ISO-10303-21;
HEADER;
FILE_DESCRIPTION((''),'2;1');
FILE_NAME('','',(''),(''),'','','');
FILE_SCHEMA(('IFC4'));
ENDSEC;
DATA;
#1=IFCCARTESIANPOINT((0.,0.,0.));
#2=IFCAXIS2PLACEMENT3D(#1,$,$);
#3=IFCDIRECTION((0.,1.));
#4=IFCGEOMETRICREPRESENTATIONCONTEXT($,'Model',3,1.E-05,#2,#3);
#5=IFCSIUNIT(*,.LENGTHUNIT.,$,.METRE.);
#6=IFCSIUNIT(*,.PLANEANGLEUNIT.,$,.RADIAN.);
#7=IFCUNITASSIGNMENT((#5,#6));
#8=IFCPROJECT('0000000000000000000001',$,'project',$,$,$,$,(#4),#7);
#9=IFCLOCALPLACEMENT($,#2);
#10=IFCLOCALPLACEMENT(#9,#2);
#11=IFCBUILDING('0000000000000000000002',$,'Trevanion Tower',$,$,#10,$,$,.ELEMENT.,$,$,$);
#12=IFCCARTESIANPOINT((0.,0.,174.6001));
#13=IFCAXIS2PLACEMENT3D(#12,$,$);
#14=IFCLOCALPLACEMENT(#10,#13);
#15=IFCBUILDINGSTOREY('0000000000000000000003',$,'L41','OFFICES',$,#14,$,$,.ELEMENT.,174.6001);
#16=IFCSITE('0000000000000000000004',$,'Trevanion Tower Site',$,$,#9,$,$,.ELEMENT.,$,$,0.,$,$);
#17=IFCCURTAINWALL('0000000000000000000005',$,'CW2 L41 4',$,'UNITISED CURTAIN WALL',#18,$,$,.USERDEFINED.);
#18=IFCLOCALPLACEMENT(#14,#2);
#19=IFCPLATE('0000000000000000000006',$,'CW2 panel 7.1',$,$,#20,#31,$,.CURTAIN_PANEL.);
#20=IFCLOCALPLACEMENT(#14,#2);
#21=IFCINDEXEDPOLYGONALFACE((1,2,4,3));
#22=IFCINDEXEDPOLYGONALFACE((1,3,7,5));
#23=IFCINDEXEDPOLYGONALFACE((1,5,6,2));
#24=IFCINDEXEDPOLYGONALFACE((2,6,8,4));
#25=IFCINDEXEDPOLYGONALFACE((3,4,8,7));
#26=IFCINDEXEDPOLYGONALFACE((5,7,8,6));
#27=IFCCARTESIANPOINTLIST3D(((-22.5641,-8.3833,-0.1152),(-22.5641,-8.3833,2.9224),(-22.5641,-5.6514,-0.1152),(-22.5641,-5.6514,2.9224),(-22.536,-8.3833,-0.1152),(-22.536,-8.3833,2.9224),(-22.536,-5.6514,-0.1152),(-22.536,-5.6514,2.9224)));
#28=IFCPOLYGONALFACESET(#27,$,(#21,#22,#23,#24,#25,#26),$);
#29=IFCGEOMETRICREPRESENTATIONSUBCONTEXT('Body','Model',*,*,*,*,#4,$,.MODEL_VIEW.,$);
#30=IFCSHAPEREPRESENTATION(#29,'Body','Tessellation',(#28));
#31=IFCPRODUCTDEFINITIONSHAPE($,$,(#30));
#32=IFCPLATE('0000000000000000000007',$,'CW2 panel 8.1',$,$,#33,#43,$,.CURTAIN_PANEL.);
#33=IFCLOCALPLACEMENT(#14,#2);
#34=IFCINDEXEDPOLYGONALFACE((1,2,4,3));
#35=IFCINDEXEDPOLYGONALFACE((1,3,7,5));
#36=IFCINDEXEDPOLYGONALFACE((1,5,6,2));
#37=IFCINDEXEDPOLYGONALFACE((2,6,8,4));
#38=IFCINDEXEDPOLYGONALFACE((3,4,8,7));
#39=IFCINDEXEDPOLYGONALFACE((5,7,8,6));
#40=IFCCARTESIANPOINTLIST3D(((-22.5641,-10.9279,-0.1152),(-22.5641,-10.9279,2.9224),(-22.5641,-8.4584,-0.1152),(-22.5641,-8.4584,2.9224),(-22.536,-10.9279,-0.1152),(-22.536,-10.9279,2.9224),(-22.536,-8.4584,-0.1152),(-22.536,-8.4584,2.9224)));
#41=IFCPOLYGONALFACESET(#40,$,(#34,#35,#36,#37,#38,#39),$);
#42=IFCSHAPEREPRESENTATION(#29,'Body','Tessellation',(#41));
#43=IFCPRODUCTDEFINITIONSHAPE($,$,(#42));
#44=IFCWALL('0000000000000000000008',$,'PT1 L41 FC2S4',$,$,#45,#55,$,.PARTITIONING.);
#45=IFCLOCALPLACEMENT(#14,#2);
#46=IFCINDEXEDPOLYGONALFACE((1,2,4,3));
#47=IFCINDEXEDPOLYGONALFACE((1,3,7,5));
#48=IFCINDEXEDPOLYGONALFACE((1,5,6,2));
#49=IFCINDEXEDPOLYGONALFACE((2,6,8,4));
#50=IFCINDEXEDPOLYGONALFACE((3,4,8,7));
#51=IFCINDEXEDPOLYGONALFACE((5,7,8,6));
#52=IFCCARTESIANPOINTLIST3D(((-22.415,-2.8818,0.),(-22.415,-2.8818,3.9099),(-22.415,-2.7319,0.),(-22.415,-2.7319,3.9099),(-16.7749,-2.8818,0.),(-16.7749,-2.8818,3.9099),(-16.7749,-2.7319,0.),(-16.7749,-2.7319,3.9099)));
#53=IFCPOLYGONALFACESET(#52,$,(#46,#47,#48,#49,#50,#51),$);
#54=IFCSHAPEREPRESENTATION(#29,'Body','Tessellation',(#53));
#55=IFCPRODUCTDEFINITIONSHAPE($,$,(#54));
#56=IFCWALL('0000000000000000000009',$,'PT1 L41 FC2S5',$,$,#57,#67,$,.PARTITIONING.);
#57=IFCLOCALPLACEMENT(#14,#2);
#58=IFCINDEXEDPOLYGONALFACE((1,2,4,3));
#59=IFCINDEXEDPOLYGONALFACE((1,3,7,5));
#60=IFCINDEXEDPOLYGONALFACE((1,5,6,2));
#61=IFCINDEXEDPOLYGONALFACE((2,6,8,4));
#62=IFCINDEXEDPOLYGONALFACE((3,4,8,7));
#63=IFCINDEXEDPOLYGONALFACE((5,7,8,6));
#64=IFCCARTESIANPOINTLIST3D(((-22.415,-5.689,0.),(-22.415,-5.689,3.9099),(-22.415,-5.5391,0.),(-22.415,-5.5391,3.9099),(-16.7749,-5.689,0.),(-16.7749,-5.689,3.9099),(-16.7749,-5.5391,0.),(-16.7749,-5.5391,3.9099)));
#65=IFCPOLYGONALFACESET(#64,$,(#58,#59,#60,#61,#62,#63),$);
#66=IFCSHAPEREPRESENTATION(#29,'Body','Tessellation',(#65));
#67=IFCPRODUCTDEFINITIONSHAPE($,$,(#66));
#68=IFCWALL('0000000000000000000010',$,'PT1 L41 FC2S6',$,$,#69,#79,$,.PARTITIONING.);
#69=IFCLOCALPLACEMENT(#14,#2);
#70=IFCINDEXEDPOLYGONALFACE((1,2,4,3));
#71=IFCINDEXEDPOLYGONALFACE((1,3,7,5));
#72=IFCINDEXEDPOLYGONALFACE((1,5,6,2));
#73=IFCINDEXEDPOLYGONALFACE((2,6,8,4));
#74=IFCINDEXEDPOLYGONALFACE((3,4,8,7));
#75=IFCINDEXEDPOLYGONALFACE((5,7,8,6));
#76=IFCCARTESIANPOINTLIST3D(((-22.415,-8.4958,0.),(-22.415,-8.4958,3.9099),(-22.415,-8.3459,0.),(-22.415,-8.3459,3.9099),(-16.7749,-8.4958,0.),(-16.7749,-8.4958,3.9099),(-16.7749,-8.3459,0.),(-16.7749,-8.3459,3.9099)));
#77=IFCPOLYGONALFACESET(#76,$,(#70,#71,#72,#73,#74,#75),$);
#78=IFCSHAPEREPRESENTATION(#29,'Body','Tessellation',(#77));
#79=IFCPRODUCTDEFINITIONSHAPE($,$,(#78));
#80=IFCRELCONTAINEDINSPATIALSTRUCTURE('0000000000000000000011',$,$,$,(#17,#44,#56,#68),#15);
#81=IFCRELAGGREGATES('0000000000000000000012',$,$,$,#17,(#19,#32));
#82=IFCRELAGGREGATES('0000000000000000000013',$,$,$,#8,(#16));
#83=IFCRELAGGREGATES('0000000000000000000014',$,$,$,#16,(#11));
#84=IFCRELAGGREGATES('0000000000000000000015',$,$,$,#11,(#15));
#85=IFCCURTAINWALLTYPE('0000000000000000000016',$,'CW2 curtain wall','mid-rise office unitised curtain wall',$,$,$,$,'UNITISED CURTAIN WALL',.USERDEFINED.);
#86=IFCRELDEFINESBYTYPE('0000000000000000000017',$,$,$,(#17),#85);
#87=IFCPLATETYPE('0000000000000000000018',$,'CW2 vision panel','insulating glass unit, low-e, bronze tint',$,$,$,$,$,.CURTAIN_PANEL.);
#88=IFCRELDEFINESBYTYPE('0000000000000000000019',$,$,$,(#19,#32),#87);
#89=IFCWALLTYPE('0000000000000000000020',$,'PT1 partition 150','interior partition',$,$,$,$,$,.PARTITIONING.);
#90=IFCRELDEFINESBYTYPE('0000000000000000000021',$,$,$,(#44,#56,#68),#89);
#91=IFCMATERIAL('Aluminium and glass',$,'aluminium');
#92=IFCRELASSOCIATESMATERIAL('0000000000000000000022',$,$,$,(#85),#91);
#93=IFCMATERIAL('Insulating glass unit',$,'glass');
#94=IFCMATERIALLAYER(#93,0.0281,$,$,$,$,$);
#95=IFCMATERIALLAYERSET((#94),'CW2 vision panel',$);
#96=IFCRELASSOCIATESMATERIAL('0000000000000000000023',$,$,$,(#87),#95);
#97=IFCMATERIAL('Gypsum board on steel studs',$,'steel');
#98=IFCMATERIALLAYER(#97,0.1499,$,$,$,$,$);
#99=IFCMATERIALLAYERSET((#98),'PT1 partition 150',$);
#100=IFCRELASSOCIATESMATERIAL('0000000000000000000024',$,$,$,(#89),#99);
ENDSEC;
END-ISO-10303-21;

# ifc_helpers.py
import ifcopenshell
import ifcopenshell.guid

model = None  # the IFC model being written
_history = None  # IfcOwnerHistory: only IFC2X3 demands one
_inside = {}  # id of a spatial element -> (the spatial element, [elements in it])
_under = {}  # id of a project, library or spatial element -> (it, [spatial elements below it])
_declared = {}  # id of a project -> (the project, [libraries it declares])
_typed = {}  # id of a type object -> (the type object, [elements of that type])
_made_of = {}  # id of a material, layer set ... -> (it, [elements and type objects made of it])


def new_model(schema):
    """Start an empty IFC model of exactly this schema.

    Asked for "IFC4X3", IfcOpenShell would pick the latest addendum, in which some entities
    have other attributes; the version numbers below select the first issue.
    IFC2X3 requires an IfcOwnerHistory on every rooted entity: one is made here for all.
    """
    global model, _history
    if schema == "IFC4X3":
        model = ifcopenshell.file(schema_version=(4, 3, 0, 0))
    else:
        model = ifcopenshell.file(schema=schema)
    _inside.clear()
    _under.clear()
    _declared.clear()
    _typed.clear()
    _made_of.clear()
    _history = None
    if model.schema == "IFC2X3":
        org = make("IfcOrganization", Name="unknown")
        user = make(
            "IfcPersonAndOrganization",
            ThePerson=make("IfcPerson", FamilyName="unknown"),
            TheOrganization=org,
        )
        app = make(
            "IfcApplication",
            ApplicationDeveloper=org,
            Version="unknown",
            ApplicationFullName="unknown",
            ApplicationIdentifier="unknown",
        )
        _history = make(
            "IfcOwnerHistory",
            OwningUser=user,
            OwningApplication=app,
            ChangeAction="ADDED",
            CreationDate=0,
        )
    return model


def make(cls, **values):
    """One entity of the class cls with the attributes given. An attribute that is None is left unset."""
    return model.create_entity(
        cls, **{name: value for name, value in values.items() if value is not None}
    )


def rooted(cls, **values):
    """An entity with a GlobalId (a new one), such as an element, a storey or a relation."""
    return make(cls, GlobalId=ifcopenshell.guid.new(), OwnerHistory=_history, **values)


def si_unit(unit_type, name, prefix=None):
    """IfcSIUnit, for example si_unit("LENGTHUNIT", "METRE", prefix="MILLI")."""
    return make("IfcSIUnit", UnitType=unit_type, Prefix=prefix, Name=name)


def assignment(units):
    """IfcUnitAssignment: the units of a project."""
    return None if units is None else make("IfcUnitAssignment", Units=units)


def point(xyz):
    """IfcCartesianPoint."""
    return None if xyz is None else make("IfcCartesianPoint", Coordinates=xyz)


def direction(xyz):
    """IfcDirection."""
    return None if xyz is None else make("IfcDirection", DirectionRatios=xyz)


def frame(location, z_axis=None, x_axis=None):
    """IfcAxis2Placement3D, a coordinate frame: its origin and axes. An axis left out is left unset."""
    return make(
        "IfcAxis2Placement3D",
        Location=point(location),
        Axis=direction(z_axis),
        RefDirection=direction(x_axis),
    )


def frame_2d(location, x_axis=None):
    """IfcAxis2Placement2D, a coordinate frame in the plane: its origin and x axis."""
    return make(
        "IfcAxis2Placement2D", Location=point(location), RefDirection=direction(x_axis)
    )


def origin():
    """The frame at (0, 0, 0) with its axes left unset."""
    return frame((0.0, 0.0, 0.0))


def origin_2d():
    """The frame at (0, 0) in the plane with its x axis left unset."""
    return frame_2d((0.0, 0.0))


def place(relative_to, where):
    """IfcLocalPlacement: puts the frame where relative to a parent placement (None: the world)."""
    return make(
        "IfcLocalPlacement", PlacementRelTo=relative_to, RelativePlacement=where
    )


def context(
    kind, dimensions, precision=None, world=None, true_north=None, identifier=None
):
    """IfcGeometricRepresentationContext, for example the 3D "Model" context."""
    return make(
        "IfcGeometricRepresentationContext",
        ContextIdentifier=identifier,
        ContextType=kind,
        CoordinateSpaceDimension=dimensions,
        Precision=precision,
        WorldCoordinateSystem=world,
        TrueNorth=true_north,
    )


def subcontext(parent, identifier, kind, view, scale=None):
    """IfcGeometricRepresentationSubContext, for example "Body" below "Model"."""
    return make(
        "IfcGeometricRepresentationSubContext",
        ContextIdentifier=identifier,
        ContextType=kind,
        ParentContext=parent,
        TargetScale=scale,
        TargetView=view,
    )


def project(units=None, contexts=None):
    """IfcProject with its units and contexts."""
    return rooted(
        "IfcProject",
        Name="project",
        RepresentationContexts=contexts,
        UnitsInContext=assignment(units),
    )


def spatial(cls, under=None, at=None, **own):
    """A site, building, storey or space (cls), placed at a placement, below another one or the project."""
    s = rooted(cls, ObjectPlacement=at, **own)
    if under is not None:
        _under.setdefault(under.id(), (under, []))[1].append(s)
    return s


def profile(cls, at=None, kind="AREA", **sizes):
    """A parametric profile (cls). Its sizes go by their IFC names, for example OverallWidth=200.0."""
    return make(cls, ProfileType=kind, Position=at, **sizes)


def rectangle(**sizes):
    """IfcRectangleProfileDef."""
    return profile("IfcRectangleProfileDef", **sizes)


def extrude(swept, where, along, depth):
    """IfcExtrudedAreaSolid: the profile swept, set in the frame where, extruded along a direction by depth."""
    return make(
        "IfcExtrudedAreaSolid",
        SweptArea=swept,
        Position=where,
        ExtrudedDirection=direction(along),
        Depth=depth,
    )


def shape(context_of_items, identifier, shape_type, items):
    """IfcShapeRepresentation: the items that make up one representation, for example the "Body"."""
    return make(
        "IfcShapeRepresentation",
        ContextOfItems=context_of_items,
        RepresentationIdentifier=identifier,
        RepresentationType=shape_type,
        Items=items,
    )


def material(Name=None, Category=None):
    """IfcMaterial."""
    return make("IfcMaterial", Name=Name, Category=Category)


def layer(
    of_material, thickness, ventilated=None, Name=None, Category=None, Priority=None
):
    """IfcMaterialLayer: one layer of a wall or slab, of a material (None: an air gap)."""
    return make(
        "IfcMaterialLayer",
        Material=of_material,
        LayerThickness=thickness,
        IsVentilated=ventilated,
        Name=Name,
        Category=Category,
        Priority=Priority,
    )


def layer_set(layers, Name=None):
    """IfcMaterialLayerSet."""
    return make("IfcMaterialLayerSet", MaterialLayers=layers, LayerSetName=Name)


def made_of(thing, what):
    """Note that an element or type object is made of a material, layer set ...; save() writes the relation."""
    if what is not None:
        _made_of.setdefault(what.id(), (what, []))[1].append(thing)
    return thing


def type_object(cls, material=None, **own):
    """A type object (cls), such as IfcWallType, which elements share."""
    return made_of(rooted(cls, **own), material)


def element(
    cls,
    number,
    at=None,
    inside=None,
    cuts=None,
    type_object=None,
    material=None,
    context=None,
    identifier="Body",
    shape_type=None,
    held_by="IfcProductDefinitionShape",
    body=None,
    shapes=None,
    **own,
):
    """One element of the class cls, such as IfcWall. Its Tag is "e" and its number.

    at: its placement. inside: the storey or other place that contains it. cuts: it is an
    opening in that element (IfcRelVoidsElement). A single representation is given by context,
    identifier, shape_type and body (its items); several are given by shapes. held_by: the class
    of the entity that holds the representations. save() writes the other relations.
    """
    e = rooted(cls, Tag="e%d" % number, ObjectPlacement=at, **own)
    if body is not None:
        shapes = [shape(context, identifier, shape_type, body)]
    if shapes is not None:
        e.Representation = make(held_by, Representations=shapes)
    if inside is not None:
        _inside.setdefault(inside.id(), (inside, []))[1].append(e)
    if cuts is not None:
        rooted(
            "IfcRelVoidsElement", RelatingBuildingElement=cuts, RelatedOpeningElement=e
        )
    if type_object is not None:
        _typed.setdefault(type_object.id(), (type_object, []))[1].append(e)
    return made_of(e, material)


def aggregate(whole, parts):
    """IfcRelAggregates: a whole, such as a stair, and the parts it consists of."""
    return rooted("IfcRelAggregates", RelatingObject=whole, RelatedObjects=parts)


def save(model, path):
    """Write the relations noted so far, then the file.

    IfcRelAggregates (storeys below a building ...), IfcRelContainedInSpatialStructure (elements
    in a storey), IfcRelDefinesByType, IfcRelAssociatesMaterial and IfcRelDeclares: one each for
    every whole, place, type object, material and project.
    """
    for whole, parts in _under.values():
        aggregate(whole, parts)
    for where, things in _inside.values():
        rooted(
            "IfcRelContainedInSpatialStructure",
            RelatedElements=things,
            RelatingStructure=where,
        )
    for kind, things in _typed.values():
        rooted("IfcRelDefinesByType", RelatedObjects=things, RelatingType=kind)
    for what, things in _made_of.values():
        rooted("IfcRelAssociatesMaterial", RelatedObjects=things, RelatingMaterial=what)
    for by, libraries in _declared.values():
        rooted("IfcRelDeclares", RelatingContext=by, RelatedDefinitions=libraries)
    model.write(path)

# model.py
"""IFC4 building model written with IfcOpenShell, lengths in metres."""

from ifc_helpers import new_model, si_unit, direction, frame, frame_2d, origin, origin_2d, place, context, subcontext, project, spatial, rectangle, extrude, material, layer, layer_set, type_object, element, aggregate, save


model = new_model("IFC4")

# Units and contexts
model_context = context("Model", 3, precision=1e-05, world=origin(), true_north=direction((0.0, 1.0)))
body_context = subcontext(model_context, "Body", "Model", "MODEL_VIEW")
ifc_project = project(units=[si_unit("LENGTHUNIT", "METRE"), si_unit("PLANEANGLEUNIT", "RADIAN")], contexts=[model_context])

# Site, building, storey
site_placement = place(None, origin())
site = spatial("IfcSite", under=ifc_project, at=site_placement, Name="Trevanion Tower Site", CompositionType="ELEMENT", RefElevation=0.0)
building_placement = place(site_placement, origin())
building = spatial("IfcBuilding", under=site, at=building_placement, Name="Trevanion Tower", CompositionType="ELEMENT")
storey_placement = place(building_placement, frame((0.0, 0.0, 174.6001)))
storey = spatial("IfcBuildingStorey", under=building, at=storey_placement, Name="L41", Description="OFFICES", CompositionType="ELEMENT", Elevation=174.6001)

# Curtain wall
ifc_material_1 = material(Name="Aluminium and glass", Category="aluminium")
curtain_wall_type = type_object("IfcCurtainWallType", Name="CW2 curtain wall", Description="mid-rise office unitised curtain wall", ElementType="UNITISED CURTAIN WALL", PredefinedType="USERDEFINED", material=ifc_material_1)
curtain_wall_1_placement = place(storey_placement, origin())
curtain_wall_1 = element("IfcCurtainWall", 1, at=curtain_wall_1_placement, inside=storey, type_object=curtain_wall_type, Name="CW2 L41 4", ObjectType="UNITISED CURTAIN WALL", PredefinedType="USERDEFINED")

# Plates
ifc_material_2 = material(Name="Insulating glass unit", Category="glass")
ifc_layer_1 = layer(ifc_material_2, 0.0281)
ifc_layer_set_1 = layer_set([ifc_layer_1], Name="CW2 vision panel")
plate_type_1 = type_object("IfcPlateType", Name="CW2 vision panel", Description="insulating glass unit, low-e, bronze tint", PredefinedType="CURTAIN_PANEL", material=ifc_layer_set_1)
plate_1_placement = place(storey_placement, frame((-22.55, -7.0173, -0.1152), z_axis=(0.0, 0.0, 1.0), x_axis=(0.0, -1.0, 0.0)))
plate_1 = element("IfcPlate", 2, at=plate_1_placement, type_object=plate_type_1, Name="CW2 panel 7.1", PredefinedType="CURTAIN_PANEL", context=body_context, shape_type="SweptSolid", body=[
    extrude(rectangle(XDim=2.7319, YDim=0.0281, at=origin_2d()), origin(), (0.0, 0.0, 1.0), 3.0376),
])
plate_2_placement = place(storey_placement, frame((-22.55, -9.6931, -0.1152), z_axis=(0.0, 0.0, 1.0), x_axis=(0.0, -1.0, 0.0)))
plate_2 = element("IfcPlate", 3, at=plate_2_placement, type_object=plate_type_1, Name="CW2 panel 8.1", PredefinedType="CURTAIN_PANEL", context=body_context, shape_type="SweptSolid", body=[
    extrude(rectangle(XDim=2.4695, YDim=0.0281, at=origin_2d()), origin(), (0.0, 0.0, 1.0), 3.0376),
])
aggregate(curtain_wall_1, [plate_1, plate_2])

# Walls
ifc_material_3 = material(Name="Gypsum board on steel studs", Category="steel")
ifc_layer_2 = layer(ifc_material_3, 0.1499)
ifc_layer_set_2 = layer_set([ifc_layer_2], Name="PT1 partition 150")
wall_type = type_object("IfcWallType", Name="PT1 partition 150", Description="interior partition", PredefinedType="PARTITIONING", material=ifc_layer_set_2)
for number, where, z_axis, x_axis, name in (
    (4, (-16.7749, -2.8069, 0.0), (0.0, 0.0, 1.0), (-1.0, 0.0, 0.0), "PT1 L41 FC2S4"),
    (5, (-16.7749, -5.614, 0.0), (0.0, 0.0, 1.0), (-1.0, 0.0, 0.0), "PT1 L41 FC2S5"),
    (6, (-16.7749, -8.4209, 0.0), (0.0, 0.0, 1.0), (-1.0, 0.0, 0.0), "PT1 L41 FC2S6"),
):
    element("IfcWall", number, at=place(storey_placement, frame(where, z_axis=z_axis, x_axis=x_axis)), inside=storey, type_object=wall_type, Name=name, PredefinedType="PARTITIONING", context=body_context, shape_type="SweptSolid", body=[
        extrude(rectangle(XDim=5.6401, YDim=0.1499, at=frame_2d((2.8201, 0.0))), origin(), (0.0, 0.0, 1.0), 3.9099),
    ])

save(model, "model.ifc")
